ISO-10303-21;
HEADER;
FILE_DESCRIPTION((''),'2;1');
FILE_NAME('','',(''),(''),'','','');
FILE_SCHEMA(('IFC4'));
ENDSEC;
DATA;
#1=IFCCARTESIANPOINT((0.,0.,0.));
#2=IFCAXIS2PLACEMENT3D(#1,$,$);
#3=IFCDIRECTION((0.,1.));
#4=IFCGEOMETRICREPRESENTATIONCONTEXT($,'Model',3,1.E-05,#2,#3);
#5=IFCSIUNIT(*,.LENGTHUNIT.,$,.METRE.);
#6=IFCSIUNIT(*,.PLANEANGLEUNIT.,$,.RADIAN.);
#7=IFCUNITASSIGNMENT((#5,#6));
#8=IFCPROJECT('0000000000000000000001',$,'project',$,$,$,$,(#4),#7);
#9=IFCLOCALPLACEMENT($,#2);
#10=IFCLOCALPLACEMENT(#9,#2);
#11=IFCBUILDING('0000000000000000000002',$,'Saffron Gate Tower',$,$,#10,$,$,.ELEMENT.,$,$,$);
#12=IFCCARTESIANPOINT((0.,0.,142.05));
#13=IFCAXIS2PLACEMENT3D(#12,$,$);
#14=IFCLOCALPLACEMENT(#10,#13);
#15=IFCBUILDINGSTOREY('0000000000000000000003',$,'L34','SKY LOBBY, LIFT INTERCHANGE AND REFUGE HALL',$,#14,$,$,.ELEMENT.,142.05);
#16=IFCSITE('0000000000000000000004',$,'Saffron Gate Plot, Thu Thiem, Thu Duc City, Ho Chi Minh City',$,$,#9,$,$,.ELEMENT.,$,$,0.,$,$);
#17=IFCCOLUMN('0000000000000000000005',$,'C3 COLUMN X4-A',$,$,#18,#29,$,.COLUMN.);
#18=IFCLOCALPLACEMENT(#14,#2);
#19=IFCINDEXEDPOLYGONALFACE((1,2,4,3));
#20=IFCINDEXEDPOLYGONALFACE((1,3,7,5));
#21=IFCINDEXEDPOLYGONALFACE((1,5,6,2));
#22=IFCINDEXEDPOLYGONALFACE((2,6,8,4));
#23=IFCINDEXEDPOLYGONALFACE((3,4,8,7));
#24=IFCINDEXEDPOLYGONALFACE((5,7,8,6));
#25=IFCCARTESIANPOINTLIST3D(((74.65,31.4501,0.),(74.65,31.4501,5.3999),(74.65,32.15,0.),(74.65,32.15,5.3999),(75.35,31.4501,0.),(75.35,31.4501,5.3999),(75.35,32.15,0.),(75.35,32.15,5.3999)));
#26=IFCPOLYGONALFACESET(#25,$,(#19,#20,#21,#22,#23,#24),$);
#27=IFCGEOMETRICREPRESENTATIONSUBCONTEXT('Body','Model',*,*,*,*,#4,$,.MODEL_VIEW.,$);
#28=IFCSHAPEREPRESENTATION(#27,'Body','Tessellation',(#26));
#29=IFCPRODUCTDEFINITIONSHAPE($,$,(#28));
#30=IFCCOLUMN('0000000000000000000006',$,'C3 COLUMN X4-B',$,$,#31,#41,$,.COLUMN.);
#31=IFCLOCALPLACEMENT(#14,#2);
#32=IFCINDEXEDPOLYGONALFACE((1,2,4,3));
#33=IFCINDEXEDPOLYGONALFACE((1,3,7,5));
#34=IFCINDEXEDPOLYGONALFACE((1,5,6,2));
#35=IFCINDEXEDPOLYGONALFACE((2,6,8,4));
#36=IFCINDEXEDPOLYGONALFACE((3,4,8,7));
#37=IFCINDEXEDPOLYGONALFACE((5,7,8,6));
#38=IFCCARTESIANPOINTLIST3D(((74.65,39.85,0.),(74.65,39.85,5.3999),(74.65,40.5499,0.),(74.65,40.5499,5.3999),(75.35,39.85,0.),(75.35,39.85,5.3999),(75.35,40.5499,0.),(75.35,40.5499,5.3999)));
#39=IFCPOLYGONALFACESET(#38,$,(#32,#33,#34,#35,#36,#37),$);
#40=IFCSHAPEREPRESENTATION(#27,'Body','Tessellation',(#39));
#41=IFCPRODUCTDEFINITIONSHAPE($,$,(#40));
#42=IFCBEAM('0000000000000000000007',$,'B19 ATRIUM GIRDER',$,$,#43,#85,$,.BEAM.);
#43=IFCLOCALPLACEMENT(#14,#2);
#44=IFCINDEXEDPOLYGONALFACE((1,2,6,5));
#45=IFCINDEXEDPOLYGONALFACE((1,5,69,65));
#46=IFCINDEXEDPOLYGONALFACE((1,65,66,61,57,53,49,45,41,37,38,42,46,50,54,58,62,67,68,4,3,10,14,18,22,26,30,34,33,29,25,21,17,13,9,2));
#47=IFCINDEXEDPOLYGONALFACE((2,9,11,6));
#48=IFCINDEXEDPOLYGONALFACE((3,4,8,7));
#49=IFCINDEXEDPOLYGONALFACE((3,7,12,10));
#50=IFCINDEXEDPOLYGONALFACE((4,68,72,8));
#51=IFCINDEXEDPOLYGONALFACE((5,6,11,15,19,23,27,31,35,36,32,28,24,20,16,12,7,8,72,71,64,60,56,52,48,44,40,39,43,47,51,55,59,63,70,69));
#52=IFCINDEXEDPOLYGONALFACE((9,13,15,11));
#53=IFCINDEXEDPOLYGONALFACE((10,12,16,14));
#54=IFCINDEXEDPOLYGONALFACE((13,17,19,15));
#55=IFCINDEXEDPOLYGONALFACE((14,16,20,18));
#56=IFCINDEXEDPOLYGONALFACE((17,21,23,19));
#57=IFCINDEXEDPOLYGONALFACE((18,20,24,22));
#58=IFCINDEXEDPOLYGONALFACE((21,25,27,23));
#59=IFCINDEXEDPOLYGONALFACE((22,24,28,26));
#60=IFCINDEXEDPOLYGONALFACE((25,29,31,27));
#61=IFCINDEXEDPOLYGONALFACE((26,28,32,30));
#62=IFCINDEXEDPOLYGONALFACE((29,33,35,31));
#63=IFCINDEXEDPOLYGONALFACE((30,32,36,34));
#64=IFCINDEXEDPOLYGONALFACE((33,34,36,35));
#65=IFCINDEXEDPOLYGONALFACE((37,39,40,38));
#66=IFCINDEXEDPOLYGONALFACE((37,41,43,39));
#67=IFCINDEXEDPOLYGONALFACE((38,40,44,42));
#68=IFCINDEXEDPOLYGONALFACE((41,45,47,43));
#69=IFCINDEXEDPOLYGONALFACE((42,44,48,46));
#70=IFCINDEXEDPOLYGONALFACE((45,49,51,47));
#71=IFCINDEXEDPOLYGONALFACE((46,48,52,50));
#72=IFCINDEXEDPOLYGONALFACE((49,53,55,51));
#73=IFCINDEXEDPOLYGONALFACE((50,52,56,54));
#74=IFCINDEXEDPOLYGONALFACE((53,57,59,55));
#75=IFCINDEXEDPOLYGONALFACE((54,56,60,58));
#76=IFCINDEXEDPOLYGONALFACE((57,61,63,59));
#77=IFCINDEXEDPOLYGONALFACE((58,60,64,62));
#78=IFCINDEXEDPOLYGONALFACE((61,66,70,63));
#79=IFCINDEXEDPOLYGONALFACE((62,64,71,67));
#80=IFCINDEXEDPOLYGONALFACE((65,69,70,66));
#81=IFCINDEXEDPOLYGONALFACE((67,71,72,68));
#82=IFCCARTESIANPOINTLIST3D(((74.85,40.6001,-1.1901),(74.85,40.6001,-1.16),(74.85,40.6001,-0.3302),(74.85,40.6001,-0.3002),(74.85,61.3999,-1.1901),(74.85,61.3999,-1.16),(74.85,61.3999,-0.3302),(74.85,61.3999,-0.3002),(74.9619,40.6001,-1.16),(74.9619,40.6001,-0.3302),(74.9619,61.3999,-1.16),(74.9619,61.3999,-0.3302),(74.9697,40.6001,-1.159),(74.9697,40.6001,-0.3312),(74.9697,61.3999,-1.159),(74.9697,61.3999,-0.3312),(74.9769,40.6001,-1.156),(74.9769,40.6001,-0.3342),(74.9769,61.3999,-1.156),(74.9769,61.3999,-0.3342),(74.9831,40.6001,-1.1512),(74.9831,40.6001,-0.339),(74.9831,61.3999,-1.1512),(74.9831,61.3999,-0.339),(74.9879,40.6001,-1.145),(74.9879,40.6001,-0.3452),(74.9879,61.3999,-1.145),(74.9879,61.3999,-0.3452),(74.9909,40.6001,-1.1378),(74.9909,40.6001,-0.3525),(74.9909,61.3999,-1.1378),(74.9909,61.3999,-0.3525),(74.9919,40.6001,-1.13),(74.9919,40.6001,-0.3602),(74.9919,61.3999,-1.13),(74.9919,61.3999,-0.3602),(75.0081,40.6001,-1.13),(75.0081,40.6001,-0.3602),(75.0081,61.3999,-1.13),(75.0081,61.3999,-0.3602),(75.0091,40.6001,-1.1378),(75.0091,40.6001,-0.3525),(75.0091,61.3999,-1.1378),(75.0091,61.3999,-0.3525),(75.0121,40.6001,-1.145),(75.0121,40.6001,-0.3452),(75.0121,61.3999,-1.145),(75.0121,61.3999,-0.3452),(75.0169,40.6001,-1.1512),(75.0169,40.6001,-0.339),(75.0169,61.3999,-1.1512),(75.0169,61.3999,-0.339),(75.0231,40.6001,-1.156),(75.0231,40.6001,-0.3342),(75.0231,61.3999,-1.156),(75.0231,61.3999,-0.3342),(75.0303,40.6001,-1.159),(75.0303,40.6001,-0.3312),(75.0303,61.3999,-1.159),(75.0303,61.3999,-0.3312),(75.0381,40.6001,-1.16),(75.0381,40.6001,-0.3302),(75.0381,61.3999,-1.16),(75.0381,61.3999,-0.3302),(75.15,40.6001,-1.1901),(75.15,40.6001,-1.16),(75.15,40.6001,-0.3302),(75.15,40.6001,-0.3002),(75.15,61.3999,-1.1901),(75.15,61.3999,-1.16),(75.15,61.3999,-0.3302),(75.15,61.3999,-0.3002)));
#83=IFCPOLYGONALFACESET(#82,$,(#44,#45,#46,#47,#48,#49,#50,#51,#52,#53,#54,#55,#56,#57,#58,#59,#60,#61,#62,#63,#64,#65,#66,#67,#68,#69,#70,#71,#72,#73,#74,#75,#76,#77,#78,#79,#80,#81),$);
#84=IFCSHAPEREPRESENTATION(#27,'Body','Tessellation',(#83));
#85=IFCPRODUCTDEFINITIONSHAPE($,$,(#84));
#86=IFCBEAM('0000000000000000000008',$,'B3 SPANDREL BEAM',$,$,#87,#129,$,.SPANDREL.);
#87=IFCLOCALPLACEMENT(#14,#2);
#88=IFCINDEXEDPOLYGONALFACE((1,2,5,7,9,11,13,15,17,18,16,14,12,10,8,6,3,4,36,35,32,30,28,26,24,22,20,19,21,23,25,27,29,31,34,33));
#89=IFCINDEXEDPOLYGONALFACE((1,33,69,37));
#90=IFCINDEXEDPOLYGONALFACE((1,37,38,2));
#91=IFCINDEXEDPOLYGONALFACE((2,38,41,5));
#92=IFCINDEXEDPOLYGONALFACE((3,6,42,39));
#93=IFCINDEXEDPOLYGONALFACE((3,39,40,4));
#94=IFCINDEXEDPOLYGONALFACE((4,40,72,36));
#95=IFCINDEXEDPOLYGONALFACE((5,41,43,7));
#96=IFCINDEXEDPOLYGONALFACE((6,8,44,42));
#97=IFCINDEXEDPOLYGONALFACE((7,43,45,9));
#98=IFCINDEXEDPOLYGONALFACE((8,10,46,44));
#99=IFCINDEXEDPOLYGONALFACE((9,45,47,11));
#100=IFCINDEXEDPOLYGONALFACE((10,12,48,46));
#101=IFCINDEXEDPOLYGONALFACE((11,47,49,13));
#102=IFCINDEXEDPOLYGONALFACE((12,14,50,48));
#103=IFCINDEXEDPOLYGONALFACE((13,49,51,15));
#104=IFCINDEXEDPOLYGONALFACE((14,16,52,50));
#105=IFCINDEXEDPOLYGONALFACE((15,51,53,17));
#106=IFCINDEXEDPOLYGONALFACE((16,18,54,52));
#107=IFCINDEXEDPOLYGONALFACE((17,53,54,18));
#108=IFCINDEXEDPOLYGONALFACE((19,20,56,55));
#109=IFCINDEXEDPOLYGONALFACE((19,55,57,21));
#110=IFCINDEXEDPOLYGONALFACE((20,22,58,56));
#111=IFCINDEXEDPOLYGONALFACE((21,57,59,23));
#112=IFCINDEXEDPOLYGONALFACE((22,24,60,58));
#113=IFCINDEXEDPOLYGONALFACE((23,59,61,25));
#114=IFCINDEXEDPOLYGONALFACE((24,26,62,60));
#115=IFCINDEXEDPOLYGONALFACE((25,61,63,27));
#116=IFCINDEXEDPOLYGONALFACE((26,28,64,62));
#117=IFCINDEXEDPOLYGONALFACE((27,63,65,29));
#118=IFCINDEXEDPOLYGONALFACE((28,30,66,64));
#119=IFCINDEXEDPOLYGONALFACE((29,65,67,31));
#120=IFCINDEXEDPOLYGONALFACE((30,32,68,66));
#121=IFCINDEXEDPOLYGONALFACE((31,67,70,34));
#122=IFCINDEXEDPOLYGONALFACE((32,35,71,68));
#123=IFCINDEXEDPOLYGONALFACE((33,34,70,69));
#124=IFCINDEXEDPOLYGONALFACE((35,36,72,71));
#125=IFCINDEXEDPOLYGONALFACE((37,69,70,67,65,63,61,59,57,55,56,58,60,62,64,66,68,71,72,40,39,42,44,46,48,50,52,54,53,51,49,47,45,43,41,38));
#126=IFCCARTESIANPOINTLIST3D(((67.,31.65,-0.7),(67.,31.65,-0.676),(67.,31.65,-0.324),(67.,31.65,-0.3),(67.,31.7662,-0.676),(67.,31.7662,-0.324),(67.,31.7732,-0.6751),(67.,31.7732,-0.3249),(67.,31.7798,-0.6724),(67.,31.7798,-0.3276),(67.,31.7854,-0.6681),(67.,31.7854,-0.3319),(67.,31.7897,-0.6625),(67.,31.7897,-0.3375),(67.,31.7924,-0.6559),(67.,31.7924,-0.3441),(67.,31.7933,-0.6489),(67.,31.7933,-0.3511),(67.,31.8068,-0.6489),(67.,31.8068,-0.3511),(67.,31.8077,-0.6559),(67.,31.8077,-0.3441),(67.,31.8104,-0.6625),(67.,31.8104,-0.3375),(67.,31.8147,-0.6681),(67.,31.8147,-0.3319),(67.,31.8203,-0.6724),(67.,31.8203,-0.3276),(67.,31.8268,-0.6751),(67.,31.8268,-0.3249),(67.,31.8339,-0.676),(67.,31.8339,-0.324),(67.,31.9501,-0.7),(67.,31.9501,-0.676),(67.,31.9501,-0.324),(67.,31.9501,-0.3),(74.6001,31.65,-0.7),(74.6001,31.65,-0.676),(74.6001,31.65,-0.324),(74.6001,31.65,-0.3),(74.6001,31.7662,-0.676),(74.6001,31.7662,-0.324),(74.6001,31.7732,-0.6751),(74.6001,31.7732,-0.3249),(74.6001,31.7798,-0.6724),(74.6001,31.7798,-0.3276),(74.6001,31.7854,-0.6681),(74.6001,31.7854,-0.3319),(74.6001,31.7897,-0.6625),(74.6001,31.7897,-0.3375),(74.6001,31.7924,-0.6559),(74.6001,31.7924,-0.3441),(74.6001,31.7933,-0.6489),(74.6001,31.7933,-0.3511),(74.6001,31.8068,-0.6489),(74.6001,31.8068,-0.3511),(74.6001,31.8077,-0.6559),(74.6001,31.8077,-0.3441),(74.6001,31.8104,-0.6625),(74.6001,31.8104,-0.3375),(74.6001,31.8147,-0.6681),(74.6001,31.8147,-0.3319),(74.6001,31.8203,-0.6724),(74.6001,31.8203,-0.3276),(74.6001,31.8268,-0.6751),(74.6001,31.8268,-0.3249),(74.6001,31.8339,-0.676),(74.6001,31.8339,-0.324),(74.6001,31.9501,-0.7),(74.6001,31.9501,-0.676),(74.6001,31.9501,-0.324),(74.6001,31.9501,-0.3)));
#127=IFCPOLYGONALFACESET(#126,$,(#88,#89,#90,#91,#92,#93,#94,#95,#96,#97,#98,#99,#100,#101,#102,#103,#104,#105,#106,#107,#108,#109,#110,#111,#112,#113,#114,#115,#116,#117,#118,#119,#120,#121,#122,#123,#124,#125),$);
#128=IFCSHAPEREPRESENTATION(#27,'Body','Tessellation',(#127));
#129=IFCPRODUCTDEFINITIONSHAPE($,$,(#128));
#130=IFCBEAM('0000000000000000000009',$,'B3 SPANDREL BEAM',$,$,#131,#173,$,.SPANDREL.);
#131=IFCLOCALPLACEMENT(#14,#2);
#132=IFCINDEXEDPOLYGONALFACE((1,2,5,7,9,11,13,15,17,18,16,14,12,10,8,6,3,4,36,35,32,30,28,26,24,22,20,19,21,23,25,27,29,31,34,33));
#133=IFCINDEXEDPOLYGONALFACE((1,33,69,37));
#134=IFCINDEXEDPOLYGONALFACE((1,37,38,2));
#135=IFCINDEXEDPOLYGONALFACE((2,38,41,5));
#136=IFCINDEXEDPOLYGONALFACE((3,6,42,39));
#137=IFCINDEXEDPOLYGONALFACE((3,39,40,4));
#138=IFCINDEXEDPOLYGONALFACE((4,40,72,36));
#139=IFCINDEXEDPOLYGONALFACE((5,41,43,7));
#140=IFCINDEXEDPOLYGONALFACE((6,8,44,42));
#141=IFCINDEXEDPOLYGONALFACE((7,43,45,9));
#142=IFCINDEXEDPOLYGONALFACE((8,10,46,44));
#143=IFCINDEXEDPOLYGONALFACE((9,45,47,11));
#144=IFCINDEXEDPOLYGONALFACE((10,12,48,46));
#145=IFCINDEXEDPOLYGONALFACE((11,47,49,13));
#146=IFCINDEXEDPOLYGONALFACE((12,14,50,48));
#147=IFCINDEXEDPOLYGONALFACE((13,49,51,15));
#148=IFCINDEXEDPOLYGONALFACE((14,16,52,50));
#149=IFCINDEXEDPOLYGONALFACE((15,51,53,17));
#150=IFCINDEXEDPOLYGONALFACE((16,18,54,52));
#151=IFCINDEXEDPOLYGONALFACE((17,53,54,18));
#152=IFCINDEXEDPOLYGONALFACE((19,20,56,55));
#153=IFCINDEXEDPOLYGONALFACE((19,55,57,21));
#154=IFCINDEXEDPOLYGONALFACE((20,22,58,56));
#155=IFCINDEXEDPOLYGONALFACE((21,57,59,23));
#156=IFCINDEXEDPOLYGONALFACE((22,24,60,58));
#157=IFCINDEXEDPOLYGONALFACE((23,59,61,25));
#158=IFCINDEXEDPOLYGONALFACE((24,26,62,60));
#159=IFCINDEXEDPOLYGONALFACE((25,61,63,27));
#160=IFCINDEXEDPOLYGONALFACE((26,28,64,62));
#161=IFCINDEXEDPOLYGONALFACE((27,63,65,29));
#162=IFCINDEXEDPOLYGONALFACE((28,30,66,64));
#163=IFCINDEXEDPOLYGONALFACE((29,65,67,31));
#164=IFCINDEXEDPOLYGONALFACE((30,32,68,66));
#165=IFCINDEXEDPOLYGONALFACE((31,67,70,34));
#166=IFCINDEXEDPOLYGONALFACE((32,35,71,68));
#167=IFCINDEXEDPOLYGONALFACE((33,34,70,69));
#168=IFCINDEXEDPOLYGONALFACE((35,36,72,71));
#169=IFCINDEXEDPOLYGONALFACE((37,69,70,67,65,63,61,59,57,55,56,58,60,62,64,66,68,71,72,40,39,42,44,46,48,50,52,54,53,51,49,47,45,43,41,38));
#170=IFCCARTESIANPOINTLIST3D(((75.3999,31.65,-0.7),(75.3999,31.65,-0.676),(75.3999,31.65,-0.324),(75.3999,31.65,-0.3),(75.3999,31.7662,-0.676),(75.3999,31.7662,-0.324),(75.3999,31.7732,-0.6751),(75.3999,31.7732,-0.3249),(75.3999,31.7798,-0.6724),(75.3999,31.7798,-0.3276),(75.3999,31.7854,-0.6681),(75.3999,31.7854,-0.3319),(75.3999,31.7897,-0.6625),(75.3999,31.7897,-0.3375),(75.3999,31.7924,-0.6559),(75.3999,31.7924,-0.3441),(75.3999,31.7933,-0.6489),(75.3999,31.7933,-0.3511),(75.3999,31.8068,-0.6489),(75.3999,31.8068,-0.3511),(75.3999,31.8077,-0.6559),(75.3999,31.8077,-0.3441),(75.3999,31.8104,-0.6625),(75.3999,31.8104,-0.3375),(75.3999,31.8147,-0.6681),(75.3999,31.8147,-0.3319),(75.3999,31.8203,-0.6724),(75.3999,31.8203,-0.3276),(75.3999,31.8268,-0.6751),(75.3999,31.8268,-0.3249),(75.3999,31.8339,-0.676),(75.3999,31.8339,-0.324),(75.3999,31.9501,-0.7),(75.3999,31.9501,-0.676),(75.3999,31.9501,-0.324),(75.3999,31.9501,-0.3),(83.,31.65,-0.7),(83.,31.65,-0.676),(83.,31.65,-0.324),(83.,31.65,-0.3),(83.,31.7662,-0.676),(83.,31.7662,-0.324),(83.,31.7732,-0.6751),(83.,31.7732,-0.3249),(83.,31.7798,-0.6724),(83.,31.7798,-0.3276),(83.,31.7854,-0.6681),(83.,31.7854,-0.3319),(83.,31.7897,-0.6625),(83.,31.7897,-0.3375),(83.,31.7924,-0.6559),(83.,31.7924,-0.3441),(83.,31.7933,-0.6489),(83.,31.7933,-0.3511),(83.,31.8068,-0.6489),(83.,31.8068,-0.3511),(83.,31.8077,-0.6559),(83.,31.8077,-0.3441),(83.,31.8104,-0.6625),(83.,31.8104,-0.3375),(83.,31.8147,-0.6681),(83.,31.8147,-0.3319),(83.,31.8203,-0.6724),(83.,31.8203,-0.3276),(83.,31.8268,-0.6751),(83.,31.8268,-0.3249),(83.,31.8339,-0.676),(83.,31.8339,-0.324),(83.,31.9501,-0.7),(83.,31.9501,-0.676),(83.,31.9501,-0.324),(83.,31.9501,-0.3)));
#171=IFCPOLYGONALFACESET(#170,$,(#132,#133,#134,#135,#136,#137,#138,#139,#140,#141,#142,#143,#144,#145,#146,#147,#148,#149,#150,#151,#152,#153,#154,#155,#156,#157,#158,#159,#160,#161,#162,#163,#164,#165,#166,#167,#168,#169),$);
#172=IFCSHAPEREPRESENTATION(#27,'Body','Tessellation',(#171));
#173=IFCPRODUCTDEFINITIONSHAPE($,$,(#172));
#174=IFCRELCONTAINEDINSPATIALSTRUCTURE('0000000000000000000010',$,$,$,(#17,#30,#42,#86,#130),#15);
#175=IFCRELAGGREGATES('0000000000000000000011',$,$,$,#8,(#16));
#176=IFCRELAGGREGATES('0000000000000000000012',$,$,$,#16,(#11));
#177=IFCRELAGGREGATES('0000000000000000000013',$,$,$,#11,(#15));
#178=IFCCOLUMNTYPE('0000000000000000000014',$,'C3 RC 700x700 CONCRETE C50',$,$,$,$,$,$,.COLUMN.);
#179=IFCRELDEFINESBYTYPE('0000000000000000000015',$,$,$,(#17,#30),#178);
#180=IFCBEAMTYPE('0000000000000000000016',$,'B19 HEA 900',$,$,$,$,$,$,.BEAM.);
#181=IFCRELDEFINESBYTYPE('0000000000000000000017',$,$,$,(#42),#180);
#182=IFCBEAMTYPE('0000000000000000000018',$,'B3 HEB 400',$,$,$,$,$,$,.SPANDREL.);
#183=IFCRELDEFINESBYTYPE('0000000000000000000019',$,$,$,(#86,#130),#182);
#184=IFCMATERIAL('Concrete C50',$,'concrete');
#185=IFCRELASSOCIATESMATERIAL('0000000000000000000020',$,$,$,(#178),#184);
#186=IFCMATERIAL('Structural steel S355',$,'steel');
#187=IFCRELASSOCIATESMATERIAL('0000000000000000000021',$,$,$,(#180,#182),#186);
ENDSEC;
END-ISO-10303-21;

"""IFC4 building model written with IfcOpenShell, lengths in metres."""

from ifc_helpers import new_model, si_unit, direction, frame, origin, origin_2d, place, context, subcontext, project, spatial, rectangle, i_section, extrude, material, material_profile, profile_set, type_object, element, save


model = new_model("IFC4")

# Units and contexts
model_context = context("Model", 3, precision=1e-05, world=origin(), true_north=direction((0.0, 1.0)))
body_context = subcontext(model_context, "Body", "Model", "MODEL_VIEW")
ifc_project = project(units=[si_unit("LENGTHUNIT", "METRE"), si_unit("PLANEANGLEUNIT", "RADIAN")], contexts=[model_context])

# Site, building, storey
site_placement = place(None, origin())
site = spatial("IfcSite", under=ifc_project, at=site_placement, Name="Saffron Gate Plot, Thu Thiem, Thu Duc City, Ho Chi Minh City", CompositionType="ELEMENT", RefElevation=0.0)
building_placement = place(site_placement, origin())
building = spatial("IfcBuilding", under=site, at=building_placement, Name="Saffron Gate Tower", CompositionType="ELEMENT")
storey_placement = place(building_placement, frame((0.0, 0.0, 142.05)))
storey = spatial("IfcBuildingStorey", under=building, at=storey_placement, Name="L34", Description="SKY LOBBY, LIFT INTERCHANGE AND REFUGE HALL", CompositionType="ELEMENT", Elevation=142.05)

# Columns
ifc_material_1 = material(Name="Concrete C50", Category="concrete")
ifc_material_profile_1 = material_profile(ifc_material_1, rectangle(XDim=0.7, YDim=0.7, at=origin_2d()))
ifc_profile_set_1 = profile_set([ifc_material_profile_1], Name="Concrete C50")
column_type = type_object("IfcColumnType", Name="C3 RC 700x700 CONCRETE C50", PredefinedType="COLUMN", material=ifc_profile_set_1)
for number, where, z_axis, x_axis, name in (
    (1, (75.0, 31.8, 0.0), (0.0, 0.0, 1.0), (1.0, 0.0, 0.0), "C3 COLUMN X4-A"),
    (2, (75.0, 40.2, 0.0), (0.0, 0.0, 1.0), (1.0, 0.0, 0.0), "C3 COLUMN X4-B"),
):
    element("IfcColumn", number, at=place(storey_placement, frame(where, z_axis=z_axis, x_axis=x_axis)), inside=storey, type_object=column_type, Name=name, PredefinedType="COLUMN", context=body_context, shape_type="SweptSolid", body=[
        extrude(rectangle(XDim=0.7, YDim=0.7, at=origin_2d()), origin(), (0.0, 0.0, 1.0), 5.3999),
    ])

# Beams
ifc_material_2 = material(Name="Structural steel S355", Category="steel")
ifc_material_profile_2 = material_profile(ifc_material_2, i_section(OverallWidth=0.3, OverallDepth=0.8899, WebThickness=0.0161, FlangeThickness=0.03, FilletRadius=0.03, at=origin_2d()))
ifc_profile_set_2 = profile_set([ifc_material_profile_2], Name="Structural steel S355")
beam_type_1 = type_object("IfcBeamType", Name="B19 HEA 900", PredefinedType="BEAM", material=ifc_profile_set_2)
beam_1_placement = place(storey_placement, frame((75.0, 40.6001, -0.7451), z_axis=(0.0, 1.0, 0.0), x_axis=(-1.0, 0.0, 0.0)))
element("IfcBeam", 3, at=beam_1_placement, inside=storey, type_object=beam_type_1, Name="B19 ATRIUM GIRDER", PredefinedType="BEAM", context=body_context, shape_type="SweptSolid", body=[
    extrude(i_section(OverallWidth=0.3, OverallDepth=0.8899, WebThickness=0.0161, FlangeThickness=0.03, FilletRadius=0.03, at=origin_2d()), origin(), (0.0, 0.0, 1.0), 20.7998),
])
ifc_material_profile_3 = material_profile(ifc_material_2, i_section(OverallWidth=0.3, OverallDepth=0.3999, WebThickness=0.0134, FlangeThickness=0.0239, FilletRadius=0.0271, at=origin_2d()))
ifc_profile_set_3 = profile_set([ifc_material_profile_3], Name="Structural steel S355")
beam_type_2 = type_object("IfcBeamType", Name="B3 HEB 400", PredefinedType="SPANDREL", material=ifc_profile_set_3)
for number, where, z_axis, x_axis, name in (
    (4, (67.0, 31.8, -0.5), (1.0, 0.0, 0.0), (0.0, 1.0, 0.0), "B3 SPANDREL BEAM"),
    (5, (75.3999, 31.8, -0.5), (1.0, 0.0, 0.0), (0.0, 1.0, 0.0), "B3 SPANDREL BEAM"),
):
    element("IfcBeam", number, at=place(storey_placement, frame(where, z_axis=z_axis, x_axis=x_axis)), inside=storey, type_object=beam_type_2, Name=name, PredefinedType="SPANDREL", context=body_context, shape_type="SweptSolid", body=[
        extrude(i_section(OverallWidth=0.3, OverallDepth=0.3999, WebThickness=0.0134, FlangeThickness=0.0239, FilletRadius=0.0271, at=origin_2d()), origin(), (0.0, 0.0, 1.0), 7.6001),
    ])

save(model, "model.ifc")
